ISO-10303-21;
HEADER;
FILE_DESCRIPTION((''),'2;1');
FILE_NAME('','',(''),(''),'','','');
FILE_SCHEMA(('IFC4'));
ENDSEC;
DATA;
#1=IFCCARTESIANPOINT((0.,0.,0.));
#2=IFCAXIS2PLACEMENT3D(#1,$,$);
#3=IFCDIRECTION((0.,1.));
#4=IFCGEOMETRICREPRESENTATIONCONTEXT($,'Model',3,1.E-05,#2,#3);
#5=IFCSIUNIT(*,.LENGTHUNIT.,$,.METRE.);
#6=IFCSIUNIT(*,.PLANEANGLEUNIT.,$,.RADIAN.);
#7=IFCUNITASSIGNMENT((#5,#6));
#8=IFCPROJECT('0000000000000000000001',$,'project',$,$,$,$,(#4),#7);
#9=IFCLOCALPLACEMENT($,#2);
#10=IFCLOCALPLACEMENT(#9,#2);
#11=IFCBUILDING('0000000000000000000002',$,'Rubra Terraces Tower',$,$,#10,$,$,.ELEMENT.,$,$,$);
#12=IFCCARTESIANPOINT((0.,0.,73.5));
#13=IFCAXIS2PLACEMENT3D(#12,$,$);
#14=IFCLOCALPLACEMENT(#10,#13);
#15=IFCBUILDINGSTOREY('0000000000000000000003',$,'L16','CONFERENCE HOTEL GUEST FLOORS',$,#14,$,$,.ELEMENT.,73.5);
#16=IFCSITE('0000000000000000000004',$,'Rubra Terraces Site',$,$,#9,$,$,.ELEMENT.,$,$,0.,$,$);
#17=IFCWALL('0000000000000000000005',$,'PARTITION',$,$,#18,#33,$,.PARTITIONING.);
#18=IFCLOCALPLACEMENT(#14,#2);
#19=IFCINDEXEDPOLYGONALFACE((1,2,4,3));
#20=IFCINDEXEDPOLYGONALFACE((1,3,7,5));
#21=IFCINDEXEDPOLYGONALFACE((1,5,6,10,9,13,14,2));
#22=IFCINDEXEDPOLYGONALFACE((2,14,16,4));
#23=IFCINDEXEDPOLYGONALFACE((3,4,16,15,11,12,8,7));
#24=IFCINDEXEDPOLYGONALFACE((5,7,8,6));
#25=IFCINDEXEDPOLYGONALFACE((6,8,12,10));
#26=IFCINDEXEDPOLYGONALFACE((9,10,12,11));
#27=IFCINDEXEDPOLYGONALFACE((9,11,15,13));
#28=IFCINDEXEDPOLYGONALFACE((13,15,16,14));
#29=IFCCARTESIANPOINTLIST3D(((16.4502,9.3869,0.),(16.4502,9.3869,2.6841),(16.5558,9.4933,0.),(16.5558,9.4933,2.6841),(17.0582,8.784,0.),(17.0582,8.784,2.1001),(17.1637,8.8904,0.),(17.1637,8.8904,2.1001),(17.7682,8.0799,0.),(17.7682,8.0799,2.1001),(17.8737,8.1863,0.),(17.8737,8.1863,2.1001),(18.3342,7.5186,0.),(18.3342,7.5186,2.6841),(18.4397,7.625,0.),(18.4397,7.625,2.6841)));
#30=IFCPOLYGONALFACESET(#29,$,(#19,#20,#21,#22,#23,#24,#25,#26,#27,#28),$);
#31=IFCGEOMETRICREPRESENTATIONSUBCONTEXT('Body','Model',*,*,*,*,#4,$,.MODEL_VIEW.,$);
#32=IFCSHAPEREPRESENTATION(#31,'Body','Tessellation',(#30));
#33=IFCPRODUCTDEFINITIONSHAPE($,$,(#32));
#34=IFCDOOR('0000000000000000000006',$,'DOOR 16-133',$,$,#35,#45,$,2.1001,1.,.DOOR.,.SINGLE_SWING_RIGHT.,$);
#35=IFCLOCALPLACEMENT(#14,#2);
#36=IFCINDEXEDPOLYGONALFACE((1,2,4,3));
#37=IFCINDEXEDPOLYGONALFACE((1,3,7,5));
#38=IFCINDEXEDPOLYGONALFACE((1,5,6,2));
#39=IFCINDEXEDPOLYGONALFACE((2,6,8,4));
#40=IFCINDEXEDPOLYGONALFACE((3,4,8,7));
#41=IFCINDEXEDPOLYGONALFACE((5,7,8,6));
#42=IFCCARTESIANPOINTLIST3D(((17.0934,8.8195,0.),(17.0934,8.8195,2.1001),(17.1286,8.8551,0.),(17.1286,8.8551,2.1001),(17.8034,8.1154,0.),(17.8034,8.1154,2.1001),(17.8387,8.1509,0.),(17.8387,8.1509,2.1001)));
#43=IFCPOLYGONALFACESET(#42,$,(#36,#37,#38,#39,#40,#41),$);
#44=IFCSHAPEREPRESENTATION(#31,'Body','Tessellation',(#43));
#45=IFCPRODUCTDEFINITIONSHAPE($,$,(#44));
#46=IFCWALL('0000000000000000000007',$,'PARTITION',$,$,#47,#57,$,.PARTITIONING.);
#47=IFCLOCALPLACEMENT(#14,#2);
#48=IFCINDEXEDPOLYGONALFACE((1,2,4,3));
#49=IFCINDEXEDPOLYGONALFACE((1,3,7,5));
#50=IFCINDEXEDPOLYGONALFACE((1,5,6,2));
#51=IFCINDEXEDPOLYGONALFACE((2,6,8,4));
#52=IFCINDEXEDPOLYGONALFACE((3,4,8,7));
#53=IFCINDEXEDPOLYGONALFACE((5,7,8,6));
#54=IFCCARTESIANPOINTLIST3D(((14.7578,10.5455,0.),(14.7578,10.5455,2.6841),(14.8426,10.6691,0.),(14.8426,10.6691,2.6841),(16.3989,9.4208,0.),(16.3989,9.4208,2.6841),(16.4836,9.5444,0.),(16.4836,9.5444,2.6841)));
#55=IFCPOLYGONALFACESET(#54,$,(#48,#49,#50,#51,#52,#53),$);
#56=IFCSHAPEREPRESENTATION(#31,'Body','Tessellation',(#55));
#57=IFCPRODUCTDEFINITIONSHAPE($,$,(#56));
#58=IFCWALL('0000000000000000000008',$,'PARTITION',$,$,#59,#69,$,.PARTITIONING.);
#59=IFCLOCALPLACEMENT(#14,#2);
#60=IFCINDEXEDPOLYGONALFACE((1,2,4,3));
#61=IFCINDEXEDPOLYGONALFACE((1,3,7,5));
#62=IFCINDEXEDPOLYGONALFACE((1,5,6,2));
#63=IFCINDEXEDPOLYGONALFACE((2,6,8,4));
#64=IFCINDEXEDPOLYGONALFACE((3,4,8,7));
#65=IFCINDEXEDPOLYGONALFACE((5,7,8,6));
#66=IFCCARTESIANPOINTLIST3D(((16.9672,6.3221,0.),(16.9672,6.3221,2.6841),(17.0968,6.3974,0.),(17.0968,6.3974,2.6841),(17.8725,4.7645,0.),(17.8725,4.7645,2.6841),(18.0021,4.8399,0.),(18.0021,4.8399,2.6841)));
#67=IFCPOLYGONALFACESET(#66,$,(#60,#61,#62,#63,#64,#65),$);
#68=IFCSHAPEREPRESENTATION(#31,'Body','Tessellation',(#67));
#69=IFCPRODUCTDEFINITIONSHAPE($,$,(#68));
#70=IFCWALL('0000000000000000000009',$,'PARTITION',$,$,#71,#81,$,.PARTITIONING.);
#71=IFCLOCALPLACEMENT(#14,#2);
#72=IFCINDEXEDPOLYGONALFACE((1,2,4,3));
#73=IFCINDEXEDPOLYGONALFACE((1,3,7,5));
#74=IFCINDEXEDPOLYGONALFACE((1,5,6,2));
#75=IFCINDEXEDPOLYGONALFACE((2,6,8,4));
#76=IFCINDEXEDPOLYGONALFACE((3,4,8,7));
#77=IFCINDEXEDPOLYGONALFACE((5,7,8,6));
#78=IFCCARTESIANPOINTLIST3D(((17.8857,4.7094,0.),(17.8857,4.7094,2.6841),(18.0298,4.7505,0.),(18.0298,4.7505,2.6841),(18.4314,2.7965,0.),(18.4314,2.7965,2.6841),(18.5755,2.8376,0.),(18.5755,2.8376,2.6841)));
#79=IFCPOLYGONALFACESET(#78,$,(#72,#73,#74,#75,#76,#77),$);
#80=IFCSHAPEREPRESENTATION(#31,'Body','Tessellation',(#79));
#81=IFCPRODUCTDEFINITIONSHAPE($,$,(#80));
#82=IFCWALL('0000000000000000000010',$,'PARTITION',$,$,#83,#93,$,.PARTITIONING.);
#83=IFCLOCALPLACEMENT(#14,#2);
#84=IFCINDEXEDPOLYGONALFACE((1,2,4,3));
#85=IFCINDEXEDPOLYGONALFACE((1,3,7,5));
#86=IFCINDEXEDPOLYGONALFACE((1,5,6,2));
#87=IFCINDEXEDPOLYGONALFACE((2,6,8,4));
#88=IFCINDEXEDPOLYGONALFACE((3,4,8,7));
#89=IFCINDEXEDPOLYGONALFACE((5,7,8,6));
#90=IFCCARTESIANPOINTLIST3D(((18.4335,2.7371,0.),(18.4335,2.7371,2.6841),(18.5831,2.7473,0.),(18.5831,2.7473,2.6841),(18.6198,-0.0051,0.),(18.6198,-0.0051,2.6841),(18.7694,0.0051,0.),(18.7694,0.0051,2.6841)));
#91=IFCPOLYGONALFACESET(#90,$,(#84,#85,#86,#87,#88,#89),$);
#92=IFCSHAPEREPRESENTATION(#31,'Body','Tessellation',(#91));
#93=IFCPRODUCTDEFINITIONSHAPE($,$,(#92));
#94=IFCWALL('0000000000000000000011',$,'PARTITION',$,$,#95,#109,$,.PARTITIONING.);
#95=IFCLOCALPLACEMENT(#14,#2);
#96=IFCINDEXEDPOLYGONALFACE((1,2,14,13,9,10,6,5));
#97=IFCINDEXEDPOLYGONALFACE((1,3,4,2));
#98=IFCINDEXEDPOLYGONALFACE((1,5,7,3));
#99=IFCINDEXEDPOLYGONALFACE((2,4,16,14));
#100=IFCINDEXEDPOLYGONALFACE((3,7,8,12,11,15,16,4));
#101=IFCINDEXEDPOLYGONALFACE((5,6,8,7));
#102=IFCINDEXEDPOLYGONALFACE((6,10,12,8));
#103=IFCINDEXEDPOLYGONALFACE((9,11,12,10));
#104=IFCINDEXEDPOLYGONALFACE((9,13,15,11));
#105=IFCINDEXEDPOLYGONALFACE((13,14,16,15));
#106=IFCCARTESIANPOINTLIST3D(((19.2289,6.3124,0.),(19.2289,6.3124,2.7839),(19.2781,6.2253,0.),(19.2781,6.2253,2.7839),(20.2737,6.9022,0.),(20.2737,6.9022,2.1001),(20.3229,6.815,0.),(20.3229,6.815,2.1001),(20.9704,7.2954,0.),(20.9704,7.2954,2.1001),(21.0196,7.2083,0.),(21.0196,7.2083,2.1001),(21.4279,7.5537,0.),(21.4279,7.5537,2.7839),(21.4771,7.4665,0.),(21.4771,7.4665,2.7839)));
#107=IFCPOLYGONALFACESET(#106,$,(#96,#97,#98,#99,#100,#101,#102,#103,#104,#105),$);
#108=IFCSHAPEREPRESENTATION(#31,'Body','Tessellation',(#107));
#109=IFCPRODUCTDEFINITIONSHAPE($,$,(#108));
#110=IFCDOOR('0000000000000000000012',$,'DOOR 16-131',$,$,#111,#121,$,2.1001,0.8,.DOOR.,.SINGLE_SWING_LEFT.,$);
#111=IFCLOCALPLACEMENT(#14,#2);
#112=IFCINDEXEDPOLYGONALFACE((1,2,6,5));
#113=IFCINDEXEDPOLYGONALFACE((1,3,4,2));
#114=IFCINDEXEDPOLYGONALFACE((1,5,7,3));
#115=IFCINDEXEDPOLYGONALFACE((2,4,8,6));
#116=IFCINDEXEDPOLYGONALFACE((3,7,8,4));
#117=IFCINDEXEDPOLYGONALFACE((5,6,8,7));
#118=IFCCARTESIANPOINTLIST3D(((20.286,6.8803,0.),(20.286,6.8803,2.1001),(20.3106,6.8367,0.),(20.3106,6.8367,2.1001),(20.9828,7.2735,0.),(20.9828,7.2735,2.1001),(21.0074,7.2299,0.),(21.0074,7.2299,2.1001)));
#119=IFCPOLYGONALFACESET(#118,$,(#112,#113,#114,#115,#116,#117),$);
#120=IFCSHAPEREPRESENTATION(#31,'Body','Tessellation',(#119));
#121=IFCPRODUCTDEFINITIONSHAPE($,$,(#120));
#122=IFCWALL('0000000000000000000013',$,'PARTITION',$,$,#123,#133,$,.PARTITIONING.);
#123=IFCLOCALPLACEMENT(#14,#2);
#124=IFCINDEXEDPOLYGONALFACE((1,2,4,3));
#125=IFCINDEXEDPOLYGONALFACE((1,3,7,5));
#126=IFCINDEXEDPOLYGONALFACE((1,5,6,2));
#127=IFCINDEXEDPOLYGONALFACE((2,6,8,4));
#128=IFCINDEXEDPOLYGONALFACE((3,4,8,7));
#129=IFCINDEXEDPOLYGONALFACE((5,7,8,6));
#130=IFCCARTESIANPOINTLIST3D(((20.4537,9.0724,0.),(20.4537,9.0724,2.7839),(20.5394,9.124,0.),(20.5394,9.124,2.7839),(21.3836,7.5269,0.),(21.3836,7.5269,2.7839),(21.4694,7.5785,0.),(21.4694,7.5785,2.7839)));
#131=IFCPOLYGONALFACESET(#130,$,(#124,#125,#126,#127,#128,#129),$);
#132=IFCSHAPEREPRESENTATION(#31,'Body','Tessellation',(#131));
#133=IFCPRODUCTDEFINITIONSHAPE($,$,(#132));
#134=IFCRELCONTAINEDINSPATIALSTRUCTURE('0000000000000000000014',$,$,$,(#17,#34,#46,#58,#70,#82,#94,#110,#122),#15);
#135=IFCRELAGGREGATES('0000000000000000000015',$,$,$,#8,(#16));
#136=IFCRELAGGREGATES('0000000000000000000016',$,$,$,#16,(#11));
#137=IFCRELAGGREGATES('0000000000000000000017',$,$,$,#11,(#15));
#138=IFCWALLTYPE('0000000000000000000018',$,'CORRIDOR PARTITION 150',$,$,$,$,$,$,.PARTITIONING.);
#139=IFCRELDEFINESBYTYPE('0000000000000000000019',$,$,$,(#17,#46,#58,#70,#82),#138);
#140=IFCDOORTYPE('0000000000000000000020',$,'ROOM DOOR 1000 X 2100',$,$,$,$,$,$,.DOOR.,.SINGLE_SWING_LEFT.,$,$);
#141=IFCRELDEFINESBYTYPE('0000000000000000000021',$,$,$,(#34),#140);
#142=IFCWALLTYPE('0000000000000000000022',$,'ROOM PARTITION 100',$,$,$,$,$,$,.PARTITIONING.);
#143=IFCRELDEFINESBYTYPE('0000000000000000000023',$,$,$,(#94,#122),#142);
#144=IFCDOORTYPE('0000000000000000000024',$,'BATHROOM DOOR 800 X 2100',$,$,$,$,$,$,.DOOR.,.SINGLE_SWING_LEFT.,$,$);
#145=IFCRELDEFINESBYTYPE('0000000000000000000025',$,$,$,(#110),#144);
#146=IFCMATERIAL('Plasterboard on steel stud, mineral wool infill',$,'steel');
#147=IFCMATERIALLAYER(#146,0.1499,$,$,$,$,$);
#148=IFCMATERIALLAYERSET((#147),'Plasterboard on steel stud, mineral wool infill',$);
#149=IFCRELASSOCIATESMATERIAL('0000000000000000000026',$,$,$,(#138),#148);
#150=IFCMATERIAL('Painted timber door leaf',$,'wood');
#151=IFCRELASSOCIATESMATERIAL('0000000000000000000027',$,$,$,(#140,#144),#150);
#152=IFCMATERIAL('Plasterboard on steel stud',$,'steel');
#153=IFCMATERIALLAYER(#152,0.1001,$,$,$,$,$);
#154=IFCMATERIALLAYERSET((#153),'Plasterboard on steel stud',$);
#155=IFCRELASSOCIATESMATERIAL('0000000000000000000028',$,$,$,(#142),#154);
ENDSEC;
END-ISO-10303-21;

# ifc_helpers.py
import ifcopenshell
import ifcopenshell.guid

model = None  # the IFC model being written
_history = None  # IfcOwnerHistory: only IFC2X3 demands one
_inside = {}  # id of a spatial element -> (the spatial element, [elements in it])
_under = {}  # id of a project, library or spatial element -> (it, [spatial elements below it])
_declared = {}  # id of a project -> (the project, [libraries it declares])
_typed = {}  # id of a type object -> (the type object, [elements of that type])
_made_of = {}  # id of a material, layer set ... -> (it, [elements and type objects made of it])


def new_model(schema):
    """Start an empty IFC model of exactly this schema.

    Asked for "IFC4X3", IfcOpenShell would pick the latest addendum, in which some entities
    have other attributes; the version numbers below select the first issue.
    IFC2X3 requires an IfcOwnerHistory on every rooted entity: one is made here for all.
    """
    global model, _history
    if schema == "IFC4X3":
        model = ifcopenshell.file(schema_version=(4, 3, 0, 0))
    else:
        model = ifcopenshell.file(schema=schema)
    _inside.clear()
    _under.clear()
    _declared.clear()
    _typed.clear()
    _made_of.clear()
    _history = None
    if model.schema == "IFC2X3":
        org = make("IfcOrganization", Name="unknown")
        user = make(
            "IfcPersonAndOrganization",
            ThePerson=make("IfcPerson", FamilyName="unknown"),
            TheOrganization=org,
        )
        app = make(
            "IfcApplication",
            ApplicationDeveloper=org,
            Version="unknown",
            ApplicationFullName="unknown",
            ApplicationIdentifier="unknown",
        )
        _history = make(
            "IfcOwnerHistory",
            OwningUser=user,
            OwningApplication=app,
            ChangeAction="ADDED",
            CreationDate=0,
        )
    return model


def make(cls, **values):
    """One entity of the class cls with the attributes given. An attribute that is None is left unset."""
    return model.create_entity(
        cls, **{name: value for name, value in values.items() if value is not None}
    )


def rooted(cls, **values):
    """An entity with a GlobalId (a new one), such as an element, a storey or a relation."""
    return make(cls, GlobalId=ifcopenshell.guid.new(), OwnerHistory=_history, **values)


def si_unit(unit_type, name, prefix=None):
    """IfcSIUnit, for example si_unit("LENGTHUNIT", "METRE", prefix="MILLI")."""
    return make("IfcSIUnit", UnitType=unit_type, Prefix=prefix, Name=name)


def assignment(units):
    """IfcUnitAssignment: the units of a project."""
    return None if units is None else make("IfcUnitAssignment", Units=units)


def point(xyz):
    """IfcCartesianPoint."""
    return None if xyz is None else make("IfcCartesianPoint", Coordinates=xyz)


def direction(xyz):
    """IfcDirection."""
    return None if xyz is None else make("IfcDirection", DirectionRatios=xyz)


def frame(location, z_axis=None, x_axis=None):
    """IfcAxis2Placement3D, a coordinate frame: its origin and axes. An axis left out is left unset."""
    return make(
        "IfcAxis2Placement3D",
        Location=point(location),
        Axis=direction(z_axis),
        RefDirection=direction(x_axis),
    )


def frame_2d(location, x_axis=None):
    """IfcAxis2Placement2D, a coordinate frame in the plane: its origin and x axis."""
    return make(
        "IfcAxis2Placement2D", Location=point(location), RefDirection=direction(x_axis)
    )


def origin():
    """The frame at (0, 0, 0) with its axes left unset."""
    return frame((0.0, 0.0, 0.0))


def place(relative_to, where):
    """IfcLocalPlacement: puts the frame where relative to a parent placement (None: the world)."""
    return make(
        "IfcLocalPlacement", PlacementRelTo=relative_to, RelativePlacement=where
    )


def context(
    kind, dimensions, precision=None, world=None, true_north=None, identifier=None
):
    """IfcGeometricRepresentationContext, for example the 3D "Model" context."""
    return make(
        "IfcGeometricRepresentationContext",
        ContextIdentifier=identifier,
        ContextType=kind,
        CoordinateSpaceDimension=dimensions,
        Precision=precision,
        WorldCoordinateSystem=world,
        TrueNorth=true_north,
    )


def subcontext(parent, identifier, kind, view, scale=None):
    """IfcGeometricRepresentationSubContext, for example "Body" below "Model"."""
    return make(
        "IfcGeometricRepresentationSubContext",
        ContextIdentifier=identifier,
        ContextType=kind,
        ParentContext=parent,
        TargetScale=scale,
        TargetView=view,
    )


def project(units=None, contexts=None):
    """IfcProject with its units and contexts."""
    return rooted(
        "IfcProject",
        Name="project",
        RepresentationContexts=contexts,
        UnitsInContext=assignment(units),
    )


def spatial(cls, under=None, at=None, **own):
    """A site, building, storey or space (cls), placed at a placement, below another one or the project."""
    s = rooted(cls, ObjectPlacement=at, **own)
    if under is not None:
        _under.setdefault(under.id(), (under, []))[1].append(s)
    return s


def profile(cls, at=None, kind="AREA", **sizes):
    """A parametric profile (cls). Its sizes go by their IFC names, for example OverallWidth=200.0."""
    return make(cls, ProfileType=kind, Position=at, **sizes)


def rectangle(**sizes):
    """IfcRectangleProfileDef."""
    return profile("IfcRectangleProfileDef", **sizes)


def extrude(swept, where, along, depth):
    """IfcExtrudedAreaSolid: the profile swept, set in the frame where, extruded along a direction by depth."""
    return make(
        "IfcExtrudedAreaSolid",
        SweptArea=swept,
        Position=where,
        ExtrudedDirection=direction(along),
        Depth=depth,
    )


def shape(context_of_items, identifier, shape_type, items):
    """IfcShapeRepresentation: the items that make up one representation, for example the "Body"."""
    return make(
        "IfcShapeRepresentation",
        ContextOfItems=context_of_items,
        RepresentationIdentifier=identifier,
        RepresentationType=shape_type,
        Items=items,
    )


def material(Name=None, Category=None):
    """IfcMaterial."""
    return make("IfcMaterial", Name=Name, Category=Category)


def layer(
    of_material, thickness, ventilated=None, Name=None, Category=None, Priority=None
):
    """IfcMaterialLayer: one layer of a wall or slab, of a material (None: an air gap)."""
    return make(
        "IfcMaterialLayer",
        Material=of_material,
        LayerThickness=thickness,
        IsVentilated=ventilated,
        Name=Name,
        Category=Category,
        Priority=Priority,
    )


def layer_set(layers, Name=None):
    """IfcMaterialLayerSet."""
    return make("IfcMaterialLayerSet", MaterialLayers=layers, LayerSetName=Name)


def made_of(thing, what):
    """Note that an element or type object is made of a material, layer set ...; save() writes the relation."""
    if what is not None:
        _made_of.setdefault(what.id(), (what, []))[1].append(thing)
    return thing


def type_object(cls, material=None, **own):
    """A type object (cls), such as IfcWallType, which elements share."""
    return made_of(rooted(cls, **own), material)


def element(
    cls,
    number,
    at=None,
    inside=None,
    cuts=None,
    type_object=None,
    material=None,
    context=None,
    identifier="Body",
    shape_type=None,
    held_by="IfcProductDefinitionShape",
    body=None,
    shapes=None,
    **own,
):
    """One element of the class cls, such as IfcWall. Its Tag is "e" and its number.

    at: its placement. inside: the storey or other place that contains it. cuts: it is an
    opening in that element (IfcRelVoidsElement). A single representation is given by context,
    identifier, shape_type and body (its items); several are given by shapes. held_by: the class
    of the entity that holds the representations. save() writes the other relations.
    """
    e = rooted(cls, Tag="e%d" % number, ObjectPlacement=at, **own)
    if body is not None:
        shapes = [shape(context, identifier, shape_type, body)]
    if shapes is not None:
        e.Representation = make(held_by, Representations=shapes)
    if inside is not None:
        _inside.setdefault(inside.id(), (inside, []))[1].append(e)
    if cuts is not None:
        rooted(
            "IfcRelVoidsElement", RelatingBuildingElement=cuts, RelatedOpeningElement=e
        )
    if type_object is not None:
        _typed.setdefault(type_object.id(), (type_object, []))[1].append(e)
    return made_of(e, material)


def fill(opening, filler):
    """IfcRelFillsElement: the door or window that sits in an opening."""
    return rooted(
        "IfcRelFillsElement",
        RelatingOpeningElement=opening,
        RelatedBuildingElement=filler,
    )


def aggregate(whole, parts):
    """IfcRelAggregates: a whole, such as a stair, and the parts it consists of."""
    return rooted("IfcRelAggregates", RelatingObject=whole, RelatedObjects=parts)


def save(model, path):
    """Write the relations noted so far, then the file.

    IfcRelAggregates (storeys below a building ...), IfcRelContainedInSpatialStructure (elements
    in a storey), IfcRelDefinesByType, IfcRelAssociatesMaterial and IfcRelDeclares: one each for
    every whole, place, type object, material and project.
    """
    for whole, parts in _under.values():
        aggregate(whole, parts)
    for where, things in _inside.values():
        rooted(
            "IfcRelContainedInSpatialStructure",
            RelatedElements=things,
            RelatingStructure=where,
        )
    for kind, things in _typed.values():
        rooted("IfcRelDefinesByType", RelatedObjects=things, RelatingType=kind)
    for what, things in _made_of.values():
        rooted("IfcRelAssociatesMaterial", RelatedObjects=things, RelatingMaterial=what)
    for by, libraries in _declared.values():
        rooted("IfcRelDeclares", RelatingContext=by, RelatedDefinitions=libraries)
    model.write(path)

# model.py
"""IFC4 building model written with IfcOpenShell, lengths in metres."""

from ifc_helpers import new_model, si_unit, direction, frame, frame_2d, origin, place, context, subcontext, project, spatial, rectangle, extrude, material, layer, layer_set, type_object, element, fill, save


model = new_model("IFC4")

# Units and contexts
model_context = context("Model", 3, precision=1e-05, world=origin(), true_north=direction((0.0, 1.0)))
body_context = subcontext(model_context, "Body", "Model", "MODEL_VIEW")
ifc_project = project(units=[si_unit("LENGTHUNIT", "METRE"), si_unit("PLANEANGLEUNIT", "RADIAN")], contexts=[model_context])

# Site, building, storey
site_placement = place(None, origin())
site = spatial("IfcSite", under=ifc_project, at=site_placement, Name="Rubra Terraces Site", CompositionType="ELEMENT", RefElevation=0.0)
building_placement = place(site_placement, origin())
building = spatial("IfcBuilding", under=site, at=building_placement, Name="Rubra Terraces Tower", CompositionType="ELEMENT")
storey_placement = place(building_placement, frame((0.0, 0.0, 73.5)))
storey = spatial("IfcBuildingStorey", under=building, at=storey_placement, Name="L16", Description="CONFERENCE HOTEL GUEST FLOORS", CompositionType="ELEMENT", Elevation=73.5)

# Shared definitions
ifc_material_1 = material(Name="Plasterboard on steel stud, mineral wool infill", Category="steel")
ifc_layer_1 = layer(ifc_material_1, 0.1499)
ifc_layer_set_1 = layer_set([ifc_layer_1], Name="Plasterboard on steel stud, mineral wool infill")
wall_type_1 = type_object("IfcWallType", Name="CORRIDOR PARTITION 150", PredefinedType="PARTITIONING", material=ifc_layer_set_1)

# Wall, opening, door
wall_1_placement = place(storey_placement, frame((18.387, 7.5718, 0.0), z_axis=(0.0, 0.0, 1.0), x_axis=(-0.710045, 0.704156, 0.0)))
wall_1 = element("IfcWall", 1, at=wall_1_placement, inside=storey, type_object=wall_type_1, Name="PARTITION", PredefinedType="PARTITIONING", context=body_context, shape_type="SweptSolid", body=[
    extrude(rectangle(XDim=2.6533, YDim=0.1499, at=frame_2d((1.3267, 0.0))), origin(), (0.0, 0.0, 1.0), 2.6841),
])
opening_1_placement = place(wall_1_placement, frame((0.7971, 0.0, 0.0)))
opening_1 = element("IfcOpeningElement", 2, at=opening_1_placement, cuts=wall_1, PredefinedType="OPENING", context=body_context, shape_type="SweptSolid", body=[
    extrude(rectangle(XDim=1.0, YDim=2.1001, at=frame_2d((0.5, 1.05))), frame((0.0, 0.085, 0.0), z_axis=(0.0, -1.0, 0.0), x_axis=(1.0, 0.0, 0.0)), (0.0, 0.0, 1.0), 0.1699),
])
ifc_material_2 = material(Name="Painted timber door leaf", Category="wood")
door_type_1 = type_object("IfcDoorType", Name="ROOM DOOR 1000 X 2100", OperationType="SINGLE_SWING_LEFT", PredefinedType="DOOR", material=ifc_material_2)
door_1_placement = place(opening_1_placement, origin())
door_1 = element("IfcDoor", 3, at=door_1_placement, inside=storey, type_object=door_type_1, Name="DOOR 16-133", OperationType="SINGLE_SWING_RIGHT", OverallHeight=2.1001, OverallWidth=1.0, PredefinedType="DOOR", context=body_context, shape_type="SweptSolid", body=[
    extrude(rectangle(XDim=1.0, YDim=2.1001, at=frame_2d((0.5, 1.05))), frame((0.0, 0.0249, 0.0), z_axis=(0.0, -1.0, 0.0), x_axis=(1.0, 0.0, 0.0)), (0.0, 0.0, 1.0), 0.05),
])
fill(opening_1, door_1)

# Walls
wall_2_placement = place(storey_placement, frame((16.4412, 9.4827, 0.0), z_axis=(0.0, 0.0, 1.0), x_axis=(-0.824865, 0.56533, 0.0)))
element("IfcWall", 4, at=wall_2_placement, inside=storey, type_object=wall_type_1, Name="PARTITION", PredefinedType="PARTITIONING", context=body_context, shape_type="SweptSolid", body=[
    extrude(rectangle(XDim=1.9895, YDim=0.1499, at=frame_2d((0.9946, 0.0))), origin(), (0.0, 0.0, 1.0), 2.6841),
])
wall_3_placement = place(storey_placement, frame((17.032, 6.3599, 0.0), z_axis=(0.0, 0.0, 1.0), x_axis=(0.502489, -0.864584, 0.0)))
element("IfcWall", 5, at=wall_3_placement, inside=storey, type_object=wall_type_1, Name="PARTITION", PredefinedType="PARTITIONING", context=body_context, shape_type="SweptSolid", body=[
    extrude(rectangle(XDim=1.8015, YDim=0.1499, at=frame_2d((0.9009, 0.0))), origin(), (0.0, 0.0, 1.0), 2.6841),
])
wall_4_placement = place(storey_placement, frame((17.9578, 4.73, 0.0), z_axis=(0.0, 0.0, 1.0), x_axis=(0.274316, -0.96164, 0.0)))
element("IfcWall", 6, at=wall_4_placement, inside=storey, type_object=wall_type_1, Name="PARTITION", PredefinedType="PARTITIONING", context=body_context, shape_type="SweptSolid", body=[
    extrude(rectangle(XDim=1.9893, YDim=0.1499, at=frame_2d((0.9946, 0.0))), origin(), (0.0, 0.0, 1.0), 2.6841),
])
wall_5_placement = place(storey_placement, frame((18.5083, 2.7422, 0.0), z_axis=(0.0, 0.0, 1.0), x_axis=(0.067775, -0.997701, 0.0)))
element("IfcWall", 7, at=wall_5_placement, inside=storey, type_object=wall_type_1, Name="PARTITION", PredefinedType="PARTITIONING", context=body_context, shape_type="SweptSolid", body=[
    extrude(rectangle(XDim=2.7485, YDim=0.1499, at=frame_2d((1.3743, 0.0))), origin(), (0.0, 0.0, 1.0), 2.6841),
])

# Wall, opening, door
ifc_material_3 = material(Name="Plasterboard on steel stud", Category="steel")
ifc_layer_2 = layer(ifc_material_3, 0.1001)
ifc_layer_set_2 = layer_set([ifc_layer_2], Name="Plasterboard on steel stud")
wall_type_2 = type_object("IfcWallType", Name="ROOM PARTITION 100", PredefinedType="PARTITIONING", material=ifc_layer_set_2)
wall_6_placement = place(storey_placement, frame((19.2534, 6.2688, 0.0), z_axis=(0.0, 0.0, 1.0), x_axis=(0.870849, 0.491551, 0.0)))
wall_6 = element("IfcWall", 8, at=wall_6_placement, inside=storey, type_object=wall_type_2, Name="PARTITION", PredefinedType="PARTITIONING", context=body_context, shape_type="SweptSolid", body=[
    extrude(rectangle(XDim=2.5251, YDim=0.1001, at=frame_2d((1.2627, 0.0))), origin(), (0.0, 0.0, 1.0), 2.7839),
])
opening_2_placement = place(wall_6_placement, frame((1.2, 0.0, 0.0)))
opening_2 = element("IfcOpeningElement", 9, at=opening_2_placement, cuts=wall_6, PredefinedType="OPENING", context=body_context, shape_type="SweptSolid", body=[
    extrude(rectangle(XDim=0.8, YDim=2.1001, at=frame_2d((0.3999, 1.05))), frame((0.0, 0.0601, 0.0), z_axis=(0.0, -1.0, 0.0), x_axis=(1.0, 0.0, 0.0)), (0.0, 0.0, 1.0), 0.1201),
])
door_type_2 = type_object("IfcDoorType", Name="BATHROOM DOOR 800 X 2100", OperationType="SINGLE_SWING_LEFT", PredefinedType="DOOR", material=ifc_material_2)
door_2_placement = place(opening_2_placement, origin())
door_2 = element("IfcDoor", 10, at=door_2_placement, inside=storey, type_object=door_type_2, Name="DOOR 16-131", OperationType="SINGLE_SWING_LEFT", OverallHeight=2.1001, OverallWidth=0.8, PredefinedType="DOOR", context=body_context, shape_type="SweptSolid", body=[
    extrude(rectangle(XDim=0.8, YDim=2.1001, at=frame_2d((0.3999, 1.05))), frame((0.0, 0.0249, 0.0), z_axis=(0.0, -1.0, 0.0), x_axis=(1.0, 0.0, 0.0)), (0.0, 0.0, 1.0), 0.05),
])
fill(opening_2, door_2)

# Wall
wall_7_placement = place(storey_placement, frame((21.4265, 7.5527, 0.0), z_axis=(0.0, 0.0, 1.0), x_axis=(-0.51559, 0.856835, 0.0)))
element("IfcWall", 11, at=wall_7_placement, inside=storey, type_object=wall_type_2, Name="PARTITION", PredefinedType="PARTITIONING", context=body_context, shape_type="SweptSolid", body=[
    extrude(rectangle(XDim=1.8037, YDim=0.1001, at=frame_2d((0.9019, 0.0))), origin(), (0.0, 0.0, 1.0), 2.7839),
])

save(model, "model.ifc")
